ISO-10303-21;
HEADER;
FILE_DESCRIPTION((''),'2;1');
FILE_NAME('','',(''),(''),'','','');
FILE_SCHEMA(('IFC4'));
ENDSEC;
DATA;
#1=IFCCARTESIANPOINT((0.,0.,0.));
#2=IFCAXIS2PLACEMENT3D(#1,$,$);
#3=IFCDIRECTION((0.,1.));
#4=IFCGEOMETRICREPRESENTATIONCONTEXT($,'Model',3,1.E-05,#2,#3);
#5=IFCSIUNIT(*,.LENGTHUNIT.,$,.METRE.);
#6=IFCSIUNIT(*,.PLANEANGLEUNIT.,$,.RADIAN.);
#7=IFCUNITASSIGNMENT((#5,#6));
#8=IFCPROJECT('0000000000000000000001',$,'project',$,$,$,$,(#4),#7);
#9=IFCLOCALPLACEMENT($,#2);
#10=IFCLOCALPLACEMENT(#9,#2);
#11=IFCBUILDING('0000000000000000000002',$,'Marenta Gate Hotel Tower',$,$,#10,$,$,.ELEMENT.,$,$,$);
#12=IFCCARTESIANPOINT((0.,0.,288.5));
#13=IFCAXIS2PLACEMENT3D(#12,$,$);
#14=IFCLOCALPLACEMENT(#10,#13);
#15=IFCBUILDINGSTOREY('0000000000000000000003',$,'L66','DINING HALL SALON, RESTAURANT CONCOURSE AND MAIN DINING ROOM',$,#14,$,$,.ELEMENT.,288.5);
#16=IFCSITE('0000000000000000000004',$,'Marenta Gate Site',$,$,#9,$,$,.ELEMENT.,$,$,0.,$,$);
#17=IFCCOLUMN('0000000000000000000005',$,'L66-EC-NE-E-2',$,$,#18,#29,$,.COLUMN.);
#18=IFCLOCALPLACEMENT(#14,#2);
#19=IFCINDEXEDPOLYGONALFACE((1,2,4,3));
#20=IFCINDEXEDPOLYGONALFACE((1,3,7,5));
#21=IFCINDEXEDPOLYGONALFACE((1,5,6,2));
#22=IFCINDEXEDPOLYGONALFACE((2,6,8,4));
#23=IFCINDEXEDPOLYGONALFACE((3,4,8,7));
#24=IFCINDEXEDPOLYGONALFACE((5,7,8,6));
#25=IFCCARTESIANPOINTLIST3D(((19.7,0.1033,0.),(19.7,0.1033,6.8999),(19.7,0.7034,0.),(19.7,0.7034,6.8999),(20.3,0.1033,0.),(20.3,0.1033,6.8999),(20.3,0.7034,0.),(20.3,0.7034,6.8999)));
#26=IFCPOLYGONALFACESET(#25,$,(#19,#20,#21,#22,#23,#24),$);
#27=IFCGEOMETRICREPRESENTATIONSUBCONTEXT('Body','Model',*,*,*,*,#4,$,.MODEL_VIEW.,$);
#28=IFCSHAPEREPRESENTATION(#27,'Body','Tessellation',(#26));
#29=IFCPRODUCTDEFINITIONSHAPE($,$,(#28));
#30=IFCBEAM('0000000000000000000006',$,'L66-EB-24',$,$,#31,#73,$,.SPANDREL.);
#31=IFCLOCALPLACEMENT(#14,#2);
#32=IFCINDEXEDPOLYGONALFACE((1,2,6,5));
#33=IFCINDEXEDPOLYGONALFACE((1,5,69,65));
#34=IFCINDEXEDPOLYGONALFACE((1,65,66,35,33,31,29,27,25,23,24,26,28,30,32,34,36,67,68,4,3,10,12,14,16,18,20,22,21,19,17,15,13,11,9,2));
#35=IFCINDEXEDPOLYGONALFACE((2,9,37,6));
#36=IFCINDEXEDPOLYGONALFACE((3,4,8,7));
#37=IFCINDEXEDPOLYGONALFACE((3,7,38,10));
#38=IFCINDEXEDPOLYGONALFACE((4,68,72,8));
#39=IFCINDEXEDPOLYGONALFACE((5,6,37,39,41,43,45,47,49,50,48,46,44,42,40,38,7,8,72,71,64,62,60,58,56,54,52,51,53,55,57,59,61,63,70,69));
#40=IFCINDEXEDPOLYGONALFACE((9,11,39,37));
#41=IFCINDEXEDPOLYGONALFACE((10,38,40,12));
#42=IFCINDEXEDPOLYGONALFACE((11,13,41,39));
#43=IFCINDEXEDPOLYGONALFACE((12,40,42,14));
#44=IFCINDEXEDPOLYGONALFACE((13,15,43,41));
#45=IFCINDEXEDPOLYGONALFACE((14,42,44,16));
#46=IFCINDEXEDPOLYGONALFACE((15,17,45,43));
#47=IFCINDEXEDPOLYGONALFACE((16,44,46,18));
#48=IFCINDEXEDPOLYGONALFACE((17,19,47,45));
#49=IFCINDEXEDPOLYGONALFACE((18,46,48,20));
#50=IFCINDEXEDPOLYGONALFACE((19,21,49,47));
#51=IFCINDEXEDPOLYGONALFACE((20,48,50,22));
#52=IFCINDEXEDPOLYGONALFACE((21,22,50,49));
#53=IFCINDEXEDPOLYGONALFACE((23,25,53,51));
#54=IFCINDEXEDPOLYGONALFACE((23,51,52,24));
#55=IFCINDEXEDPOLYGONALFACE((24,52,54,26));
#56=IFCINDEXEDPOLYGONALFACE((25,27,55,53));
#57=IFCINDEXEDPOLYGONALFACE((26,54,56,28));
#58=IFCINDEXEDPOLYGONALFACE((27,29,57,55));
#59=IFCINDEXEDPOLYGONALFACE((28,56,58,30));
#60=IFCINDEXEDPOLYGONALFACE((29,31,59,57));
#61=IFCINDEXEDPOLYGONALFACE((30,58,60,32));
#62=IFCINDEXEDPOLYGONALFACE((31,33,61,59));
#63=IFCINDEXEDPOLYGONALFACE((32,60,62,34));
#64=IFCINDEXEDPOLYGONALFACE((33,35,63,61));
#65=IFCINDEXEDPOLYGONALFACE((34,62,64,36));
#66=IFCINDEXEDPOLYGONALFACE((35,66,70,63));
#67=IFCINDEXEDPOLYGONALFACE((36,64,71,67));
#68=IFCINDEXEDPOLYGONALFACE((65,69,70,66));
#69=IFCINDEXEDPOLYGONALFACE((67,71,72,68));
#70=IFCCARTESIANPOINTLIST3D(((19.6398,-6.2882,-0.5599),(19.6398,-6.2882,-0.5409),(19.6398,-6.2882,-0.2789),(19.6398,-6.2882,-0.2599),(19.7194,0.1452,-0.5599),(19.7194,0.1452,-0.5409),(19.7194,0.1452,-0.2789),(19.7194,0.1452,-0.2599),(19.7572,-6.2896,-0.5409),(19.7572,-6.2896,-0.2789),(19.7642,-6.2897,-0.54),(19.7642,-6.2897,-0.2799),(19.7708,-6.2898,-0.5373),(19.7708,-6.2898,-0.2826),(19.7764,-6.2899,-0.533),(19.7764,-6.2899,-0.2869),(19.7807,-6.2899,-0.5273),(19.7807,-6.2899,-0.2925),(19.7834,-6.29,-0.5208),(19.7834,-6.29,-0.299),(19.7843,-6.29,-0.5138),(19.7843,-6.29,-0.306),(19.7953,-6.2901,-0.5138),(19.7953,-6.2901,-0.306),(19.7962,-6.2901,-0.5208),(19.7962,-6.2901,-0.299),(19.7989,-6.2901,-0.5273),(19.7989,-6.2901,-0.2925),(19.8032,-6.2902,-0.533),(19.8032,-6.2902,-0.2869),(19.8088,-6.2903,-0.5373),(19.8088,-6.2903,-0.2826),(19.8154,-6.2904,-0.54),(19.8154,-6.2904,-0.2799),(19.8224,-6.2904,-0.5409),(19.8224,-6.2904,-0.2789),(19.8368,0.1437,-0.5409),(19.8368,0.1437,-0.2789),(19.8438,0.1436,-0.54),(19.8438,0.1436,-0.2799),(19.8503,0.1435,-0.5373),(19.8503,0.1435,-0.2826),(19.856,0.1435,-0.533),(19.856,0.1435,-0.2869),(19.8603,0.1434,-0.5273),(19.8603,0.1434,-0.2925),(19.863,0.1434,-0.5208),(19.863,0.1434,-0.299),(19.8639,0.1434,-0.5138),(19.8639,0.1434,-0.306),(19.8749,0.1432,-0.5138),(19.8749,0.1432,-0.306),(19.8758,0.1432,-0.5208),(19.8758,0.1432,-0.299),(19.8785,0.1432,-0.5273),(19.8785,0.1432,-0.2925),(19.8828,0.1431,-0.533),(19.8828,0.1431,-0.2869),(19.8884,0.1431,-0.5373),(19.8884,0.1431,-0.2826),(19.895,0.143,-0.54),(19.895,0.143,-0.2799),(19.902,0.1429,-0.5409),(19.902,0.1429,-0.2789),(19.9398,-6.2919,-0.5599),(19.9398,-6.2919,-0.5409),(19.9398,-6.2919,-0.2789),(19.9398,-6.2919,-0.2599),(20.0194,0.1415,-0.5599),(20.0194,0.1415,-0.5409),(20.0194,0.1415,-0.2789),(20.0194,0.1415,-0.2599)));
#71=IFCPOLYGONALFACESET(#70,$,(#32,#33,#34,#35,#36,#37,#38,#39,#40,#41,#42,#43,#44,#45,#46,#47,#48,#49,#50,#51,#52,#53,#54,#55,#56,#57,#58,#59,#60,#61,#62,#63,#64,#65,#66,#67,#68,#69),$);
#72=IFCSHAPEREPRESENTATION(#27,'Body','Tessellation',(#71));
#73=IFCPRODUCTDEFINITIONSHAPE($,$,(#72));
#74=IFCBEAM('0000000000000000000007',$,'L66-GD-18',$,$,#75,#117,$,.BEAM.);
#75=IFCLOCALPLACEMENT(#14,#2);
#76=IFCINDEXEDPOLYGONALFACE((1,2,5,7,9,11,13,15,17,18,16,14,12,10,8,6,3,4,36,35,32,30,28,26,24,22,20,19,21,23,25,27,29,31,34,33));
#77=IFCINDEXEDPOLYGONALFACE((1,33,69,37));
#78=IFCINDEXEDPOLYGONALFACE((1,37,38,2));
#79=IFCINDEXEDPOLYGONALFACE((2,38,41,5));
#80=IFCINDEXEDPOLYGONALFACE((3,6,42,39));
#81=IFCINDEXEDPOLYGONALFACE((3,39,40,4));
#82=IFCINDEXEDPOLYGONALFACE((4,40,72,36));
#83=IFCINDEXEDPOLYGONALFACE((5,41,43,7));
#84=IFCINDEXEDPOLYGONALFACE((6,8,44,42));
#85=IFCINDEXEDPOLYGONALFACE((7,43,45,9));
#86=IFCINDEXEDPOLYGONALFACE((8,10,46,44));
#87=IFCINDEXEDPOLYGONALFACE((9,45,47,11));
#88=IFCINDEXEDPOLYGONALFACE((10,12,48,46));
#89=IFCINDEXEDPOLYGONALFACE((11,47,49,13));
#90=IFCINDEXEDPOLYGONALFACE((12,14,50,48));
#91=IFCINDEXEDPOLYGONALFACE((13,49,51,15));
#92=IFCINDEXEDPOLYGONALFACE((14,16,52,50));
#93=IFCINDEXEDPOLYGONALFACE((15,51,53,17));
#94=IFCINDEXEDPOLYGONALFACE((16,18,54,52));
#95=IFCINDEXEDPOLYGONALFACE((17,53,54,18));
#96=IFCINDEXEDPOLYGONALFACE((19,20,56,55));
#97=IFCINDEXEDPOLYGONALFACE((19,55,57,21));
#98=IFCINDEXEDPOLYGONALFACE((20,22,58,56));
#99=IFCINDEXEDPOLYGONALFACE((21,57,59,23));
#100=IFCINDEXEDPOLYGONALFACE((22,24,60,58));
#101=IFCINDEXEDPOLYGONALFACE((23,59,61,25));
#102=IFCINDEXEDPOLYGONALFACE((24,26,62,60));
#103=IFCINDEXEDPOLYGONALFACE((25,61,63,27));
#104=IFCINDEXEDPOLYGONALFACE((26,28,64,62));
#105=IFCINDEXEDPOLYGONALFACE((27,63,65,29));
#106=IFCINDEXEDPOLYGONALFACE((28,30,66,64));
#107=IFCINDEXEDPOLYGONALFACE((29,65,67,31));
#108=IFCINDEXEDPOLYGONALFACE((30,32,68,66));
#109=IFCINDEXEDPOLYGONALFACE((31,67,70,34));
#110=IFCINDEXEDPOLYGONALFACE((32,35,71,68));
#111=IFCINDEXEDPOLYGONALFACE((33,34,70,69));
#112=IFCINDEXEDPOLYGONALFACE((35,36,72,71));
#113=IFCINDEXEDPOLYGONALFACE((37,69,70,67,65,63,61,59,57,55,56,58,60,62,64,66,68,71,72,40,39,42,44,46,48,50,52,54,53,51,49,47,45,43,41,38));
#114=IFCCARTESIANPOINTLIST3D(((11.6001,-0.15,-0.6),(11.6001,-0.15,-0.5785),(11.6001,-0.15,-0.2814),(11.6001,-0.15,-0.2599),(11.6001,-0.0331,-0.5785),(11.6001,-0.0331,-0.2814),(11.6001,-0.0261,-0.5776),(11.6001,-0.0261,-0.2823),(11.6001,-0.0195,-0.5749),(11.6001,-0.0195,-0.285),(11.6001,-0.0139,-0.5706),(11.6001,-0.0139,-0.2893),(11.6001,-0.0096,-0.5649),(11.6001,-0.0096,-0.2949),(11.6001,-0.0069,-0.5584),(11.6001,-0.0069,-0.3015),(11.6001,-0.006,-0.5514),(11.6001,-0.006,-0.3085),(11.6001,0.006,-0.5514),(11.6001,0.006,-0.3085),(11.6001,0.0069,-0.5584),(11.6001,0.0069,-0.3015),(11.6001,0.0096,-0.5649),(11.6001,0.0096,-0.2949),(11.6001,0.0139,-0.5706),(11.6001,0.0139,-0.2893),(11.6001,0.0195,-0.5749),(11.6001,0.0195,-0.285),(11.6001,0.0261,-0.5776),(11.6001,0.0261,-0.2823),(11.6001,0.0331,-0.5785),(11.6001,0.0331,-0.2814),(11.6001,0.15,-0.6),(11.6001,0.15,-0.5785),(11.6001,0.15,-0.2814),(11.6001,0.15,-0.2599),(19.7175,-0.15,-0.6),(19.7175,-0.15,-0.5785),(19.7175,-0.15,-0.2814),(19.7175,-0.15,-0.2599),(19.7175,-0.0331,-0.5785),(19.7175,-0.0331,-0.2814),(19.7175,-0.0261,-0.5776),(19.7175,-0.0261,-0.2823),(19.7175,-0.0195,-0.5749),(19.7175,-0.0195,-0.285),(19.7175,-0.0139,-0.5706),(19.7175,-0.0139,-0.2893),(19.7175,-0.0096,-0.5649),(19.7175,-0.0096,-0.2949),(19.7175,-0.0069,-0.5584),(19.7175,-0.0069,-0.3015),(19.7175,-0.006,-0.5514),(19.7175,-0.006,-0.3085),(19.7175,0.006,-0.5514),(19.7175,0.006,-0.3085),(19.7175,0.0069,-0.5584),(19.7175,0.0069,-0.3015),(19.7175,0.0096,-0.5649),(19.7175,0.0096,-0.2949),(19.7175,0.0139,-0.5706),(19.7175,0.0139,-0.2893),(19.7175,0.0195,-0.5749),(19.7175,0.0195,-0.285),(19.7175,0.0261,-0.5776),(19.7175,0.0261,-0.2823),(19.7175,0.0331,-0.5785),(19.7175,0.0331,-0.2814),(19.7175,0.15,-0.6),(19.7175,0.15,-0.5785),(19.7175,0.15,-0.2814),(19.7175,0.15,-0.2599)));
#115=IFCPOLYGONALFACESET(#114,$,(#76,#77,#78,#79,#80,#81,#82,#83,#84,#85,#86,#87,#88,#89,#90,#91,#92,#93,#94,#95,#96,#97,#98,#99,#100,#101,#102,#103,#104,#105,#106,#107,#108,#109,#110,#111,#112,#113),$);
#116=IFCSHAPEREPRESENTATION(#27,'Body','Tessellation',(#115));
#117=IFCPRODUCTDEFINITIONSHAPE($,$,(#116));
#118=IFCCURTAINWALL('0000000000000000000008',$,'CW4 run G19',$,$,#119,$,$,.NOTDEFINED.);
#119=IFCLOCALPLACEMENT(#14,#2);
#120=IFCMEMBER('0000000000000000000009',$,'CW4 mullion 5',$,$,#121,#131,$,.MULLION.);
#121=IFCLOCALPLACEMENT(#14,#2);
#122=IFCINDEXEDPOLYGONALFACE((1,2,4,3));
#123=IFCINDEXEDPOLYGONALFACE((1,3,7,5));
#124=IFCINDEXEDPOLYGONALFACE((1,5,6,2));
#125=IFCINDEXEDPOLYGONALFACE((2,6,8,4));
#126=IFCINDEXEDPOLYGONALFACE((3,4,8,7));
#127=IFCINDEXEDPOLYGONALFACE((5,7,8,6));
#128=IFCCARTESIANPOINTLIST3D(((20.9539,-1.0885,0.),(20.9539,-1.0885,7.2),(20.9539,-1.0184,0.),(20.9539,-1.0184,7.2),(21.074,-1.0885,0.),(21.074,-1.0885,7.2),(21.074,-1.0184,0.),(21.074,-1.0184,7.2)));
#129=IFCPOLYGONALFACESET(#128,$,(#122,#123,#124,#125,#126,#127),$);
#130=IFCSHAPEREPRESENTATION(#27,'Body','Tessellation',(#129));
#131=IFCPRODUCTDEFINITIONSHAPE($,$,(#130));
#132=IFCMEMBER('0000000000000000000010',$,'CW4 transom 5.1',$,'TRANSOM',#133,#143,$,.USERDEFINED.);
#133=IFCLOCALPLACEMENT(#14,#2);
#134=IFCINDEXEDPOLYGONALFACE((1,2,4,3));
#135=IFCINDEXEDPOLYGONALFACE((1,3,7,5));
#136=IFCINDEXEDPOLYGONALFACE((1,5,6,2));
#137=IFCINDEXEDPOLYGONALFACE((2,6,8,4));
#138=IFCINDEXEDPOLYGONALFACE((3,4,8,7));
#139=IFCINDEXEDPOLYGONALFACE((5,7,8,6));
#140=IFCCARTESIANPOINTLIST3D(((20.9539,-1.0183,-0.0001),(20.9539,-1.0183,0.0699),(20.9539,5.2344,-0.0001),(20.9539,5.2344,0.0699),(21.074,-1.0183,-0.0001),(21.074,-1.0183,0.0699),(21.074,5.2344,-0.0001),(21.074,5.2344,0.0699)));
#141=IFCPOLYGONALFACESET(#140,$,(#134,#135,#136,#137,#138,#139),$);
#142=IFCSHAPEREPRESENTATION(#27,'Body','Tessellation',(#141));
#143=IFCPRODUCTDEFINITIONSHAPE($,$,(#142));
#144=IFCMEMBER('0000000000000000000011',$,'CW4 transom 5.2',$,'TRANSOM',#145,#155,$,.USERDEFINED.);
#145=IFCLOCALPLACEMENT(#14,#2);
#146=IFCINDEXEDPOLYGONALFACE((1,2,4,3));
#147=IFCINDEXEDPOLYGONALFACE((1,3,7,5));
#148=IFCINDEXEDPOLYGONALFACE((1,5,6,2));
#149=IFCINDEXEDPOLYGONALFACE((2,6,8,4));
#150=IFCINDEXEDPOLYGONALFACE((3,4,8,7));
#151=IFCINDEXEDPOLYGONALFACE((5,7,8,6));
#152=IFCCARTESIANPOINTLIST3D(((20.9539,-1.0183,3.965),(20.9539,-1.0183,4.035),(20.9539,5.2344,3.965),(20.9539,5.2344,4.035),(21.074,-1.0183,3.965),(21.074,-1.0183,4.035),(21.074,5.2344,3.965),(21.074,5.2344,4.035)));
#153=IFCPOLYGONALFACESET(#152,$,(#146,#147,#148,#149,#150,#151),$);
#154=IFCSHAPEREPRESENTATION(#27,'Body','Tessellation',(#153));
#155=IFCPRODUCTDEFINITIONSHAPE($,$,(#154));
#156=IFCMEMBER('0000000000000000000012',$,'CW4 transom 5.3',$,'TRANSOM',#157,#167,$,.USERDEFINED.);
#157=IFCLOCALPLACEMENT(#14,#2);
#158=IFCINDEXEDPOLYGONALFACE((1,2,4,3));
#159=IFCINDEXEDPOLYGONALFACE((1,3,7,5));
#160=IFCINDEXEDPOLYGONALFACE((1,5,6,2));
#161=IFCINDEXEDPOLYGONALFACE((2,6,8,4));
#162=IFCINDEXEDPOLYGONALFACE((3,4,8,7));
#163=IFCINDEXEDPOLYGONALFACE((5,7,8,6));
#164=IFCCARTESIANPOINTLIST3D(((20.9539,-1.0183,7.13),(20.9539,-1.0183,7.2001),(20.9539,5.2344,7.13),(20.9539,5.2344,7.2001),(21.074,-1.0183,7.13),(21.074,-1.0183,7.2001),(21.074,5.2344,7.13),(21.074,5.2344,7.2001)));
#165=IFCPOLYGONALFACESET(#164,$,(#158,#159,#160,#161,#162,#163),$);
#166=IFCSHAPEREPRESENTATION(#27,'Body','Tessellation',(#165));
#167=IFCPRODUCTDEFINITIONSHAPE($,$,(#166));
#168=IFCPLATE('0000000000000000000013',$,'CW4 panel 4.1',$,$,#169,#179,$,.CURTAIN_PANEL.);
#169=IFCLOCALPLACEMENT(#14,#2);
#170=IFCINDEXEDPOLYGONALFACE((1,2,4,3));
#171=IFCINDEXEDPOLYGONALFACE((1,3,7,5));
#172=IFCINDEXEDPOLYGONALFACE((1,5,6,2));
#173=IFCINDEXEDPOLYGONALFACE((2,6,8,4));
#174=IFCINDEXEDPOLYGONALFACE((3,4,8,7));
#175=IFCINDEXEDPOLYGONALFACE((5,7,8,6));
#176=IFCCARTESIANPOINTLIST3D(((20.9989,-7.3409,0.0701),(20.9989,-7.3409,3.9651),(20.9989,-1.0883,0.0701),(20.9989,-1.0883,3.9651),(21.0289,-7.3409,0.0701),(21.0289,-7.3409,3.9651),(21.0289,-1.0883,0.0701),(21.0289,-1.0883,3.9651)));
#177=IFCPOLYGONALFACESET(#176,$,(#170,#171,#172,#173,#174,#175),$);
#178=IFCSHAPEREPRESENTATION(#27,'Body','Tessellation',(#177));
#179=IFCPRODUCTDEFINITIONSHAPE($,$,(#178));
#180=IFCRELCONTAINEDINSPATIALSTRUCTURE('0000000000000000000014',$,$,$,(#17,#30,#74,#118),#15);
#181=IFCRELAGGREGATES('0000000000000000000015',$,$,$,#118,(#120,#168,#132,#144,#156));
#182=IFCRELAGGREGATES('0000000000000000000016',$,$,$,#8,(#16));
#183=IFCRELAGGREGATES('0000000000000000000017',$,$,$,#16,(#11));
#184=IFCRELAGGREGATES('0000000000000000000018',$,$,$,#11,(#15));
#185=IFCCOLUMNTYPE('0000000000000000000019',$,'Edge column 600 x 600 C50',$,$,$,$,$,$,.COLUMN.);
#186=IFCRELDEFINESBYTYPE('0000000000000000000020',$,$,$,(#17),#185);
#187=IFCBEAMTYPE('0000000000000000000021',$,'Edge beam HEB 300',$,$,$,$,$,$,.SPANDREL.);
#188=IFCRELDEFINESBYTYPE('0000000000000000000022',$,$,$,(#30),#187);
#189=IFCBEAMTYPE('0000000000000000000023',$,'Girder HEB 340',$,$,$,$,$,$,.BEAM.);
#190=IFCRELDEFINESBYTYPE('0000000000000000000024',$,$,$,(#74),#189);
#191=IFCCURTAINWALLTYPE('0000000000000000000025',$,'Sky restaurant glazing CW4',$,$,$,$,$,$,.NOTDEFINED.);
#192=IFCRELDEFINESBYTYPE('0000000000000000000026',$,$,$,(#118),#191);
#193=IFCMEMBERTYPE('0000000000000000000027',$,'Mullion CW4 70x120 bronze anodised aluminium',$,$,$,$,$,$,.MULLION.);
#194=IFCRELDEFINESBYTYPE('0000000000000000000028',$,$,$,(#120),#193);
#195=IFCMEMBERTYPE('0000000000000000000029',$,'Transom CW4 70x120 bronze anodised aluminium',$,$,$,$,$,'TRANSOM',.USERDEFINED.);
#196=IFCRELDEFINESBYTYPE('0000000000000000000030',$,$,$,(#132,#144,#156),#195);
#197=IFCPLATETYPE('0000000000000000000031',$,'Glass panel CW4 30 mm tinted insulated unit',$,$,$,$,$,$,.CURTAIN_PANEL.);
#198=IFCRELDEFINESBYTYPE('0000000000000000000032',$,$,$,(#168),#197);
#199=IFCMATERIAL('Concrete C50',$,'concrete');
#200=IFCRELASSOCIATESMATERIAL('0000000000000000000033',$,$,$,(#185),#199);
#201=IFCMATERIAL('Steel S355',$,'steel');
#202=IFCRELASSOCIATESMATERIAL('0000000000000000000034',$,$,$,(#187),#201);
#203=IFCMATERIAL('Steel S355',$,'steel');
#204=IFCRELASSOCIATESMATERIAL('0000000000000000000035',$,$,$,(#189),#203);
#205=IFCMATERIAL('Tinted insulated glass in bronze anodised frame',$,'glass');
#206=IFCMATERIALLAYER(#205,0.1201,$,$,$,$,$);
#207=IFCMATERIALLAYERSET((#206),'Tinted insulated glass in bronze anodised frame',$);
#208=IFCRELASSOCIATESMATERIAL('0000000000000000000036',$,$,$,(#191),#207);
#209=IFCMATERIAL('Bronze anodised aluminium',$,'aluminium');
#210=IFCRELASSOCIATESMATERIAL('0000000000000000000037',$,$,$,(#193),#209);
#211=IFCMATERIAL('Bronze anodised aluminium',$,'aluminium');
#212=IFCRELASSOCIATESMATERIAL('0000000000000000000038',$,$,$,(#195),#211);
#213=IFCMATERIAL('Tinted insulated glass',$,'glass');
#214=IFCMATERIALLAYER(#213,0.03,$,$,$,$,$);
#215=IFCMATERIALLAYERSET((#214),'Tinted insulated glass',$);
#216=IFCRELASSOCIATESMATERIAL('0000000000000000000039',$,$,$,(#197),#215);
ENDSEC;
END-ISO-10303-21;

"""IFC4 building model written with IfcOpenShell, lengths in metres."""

from ifc_helpers import new_model, si_unit, direction, frame, origin, origin_2d, place, context, subcontext, project, spatial, rectangle, i_section, extrude, material, layer, layer_set, material_profile, profile_set, type_object, element, aggregate, save


model = new_model("IFC4")

# Units and contexts
model_context = context("Model", 3, precision=1e-05, world=origin(), true_north=direction((0.0, 1.0)))
body_context = subcontext(model_context, "Body", "Model", "MODEL_VIEW")
ifc_project = project(units=[si_unit("LENGTHUNIT", "METRE"), si_unit("PLANEANGLEUNIT", "RADIAN")], contexts=[model_context])

# Site, building, storey
site_placement = place(None, origin())
site = spatial("IfcSite", under=ifc_project, at=site_placement, Name="Marenta Gate Site", CompositionType="ELEMENT", RefElevation=0.0)
building_placement = place(site_placement, origin())
building = spatial("IfcBuilding", under=site, at=building_placement, Name="Marenta Gate Hotel Tower", CompositionType="ELEMENT")
storey_placement = place(building_placement, frame((0.0, 0.0, 288.5)))
storey = spatial("IfcBuildingStorey", under=building, at=storey_placement, Name="L66", Description="DINING HALL SALON, RESTAURANT CONCOURSE AND MAIN DINING ROOM", CompositionType="ELEMENT", Elevation=288.5)

# Column
ifc_material_1 = material(Name="Concrete C50", Category="concrete")
ifc_material_profile_1 = material_profile(ifc_material_1, rectangle(XDim=0.6001, YDim=0.6001, at=origin_2d()), Name="600 x 600")
ifc_profile_set_1 = profile_set([ifc_material_profile_1], Name="Concrete C50")
column_type = type_object("IfcColumnType", Name="Edge column 600 x 600 C50", PredefinedType="COLUMN", material=ifc_profile_set_1)
column_placement = place(storey_placement, frame((20.0, 0.4033, 0.0), z_axis=(0.0, 0.0, 1.0), x_axis=(1.0, 0.0, 0.0)))
element("IfcColumn", 1, at=column_placement, inside=storey, type_object=column_type, Name="L66-EC-NE-E-2", PredefinedType="COLUMN", context=body_context, shape_type="SweptSolid", body=[
    extrude(rectangle(XDim=0.6001, YDim=0.6001, at=origin_2d()), origin(), (0.0, 0.0, 1.0), 6.8999),
])

# Beams
ifc_material_2 = material(Name="Steel S355", Category="steel")
ifc_material_profile_2 = material_profile(ifc_material_2, i_section(OverallWidth=0.3, OverallDepth=0.3, WebThickness=0.011, FlangeThickness=0.019, FilletRadius=0.0271, at=origin_2d()), Name="HEB 300")
ifc_profile_set_2 = profile_set([ifc_material_profile_2], Name="Steel S355")
beam_type_1 = type_object("IfcBeamType", Name="Edge beam HEB 300", PredefinedType="SPANDREL", material=ifc_profile_set_2)
beam_1_placement = place(storey_placement, frame((19.8694, 0.1433, -0.4099), z_axis=(-0.012371, -0.999923, 0.0), x_axis=(0.999923, -0.012371, 0.0)))
element("IfcBeam", 2, at=beam_1_placement, inside=storey, type_object=beam_type_1, Name="L66-EB-24", PredefinedType="SPANDREL", context=body_context, shape_type="SweptSolid", body=[
    extrude(i_section(OverallWidth=0.3, OverallDepth=0.3, WebThickness=0.011, FlangeThickness=0.019, FilletRadius=0.0271, at=origin_2d()), origin(), (0.0, 0.0, 1.0), 6.4338),
])
ifc_material_3 = material(Name="Steel S355", Category="steel")
ifc_material_profile_3 = material_profile(ifc_material_3, i_section(OverallWidth=0.3, OverallDepth=0.3401, WebThickness=0.012, FlangeThickness=0.0215, FilletRadius=0.0271, at=origin_2d()), Name="HEB 340")
ifc_profile_set_3 = profile_set([ifc_material_profile_3], Name="Steel S355")
beam_type_2 = type_object("IfcBeamType", Name="Girder HEB 340", PredefinedType="BEAM", material=ifc_profile_set_3)
beam_2_placement = place(storey_placement, frame((11.6001, 0.0, -0.4299), z_axis=(1.0, 0.0, 0.0), x_axis=(0.0, 1.0, 0.0)))
element("IfcBeam", 3, at=beam_2_placement, inside=storey, type_object=beam_type_2, Name="L66-GD-18", PredefinedType="BEAM", context=body_context, shape_type="SweptSolid", body=[
    extrude(i_section(OverallWidth=0.3, OverallDepth=0.3401, WebThickness=0.012, FlangeThickness=0.0215, FilletRadius=0.0271, at=origin_2d()), origin(), (0.0, 0.0, 1.0), 8.1174),
])

# Curtain wall, members, plate
ifc_material_4 = material(Name="Tinted insulated glass in bronze anodised frame", Category="glass")
ifc_layer_1 = layer(ifc_material_4, 0.1201)
ifc_layer_set_1 = layer_set([ifc_layer_1], Name="Tinted insulated glass in bronze anodised frame")
curtain_wall_type = type_object("IfcCurtainWallType", Name="Sky restaurant glazing CW4", PredefinedType="NOTDEFINED", material=ifc_layer_set_1)
curtain_wall_placement = place(storey_placement, origin())
curtain_wall = element("IfcCurtainWall", 4, at=curtain_wall_placement, inside=storey, type_object=curtain_wall_type, Name="CW4 run G19", PredefinedType="NOTDEFINED")
ifc_material_5 = material(Name="Bronze anodised aluminium", Category="aluminium")
ifc_material_profile_4 = material_profile(ifc_material_5, rectangle(XDim=0.1201, YDim=0.0701, at=origin_2d()), Name="Mullion CW4 70x120 bronze anodised aluminium")
ifc_profile_set_4 = profile_set([ifc_material_profile_4], Name="Bronze anodised aluminium")
member_type_1 = type_object("IfcMemberType", Name="Mullion CW4 70x120 bronze anodised aluminium", PredefinedType="MULLION", material=ifc_profile_set_4)
member_1_placement = place(storey_placement, frame((21.0139, -1.0535, 0.0), z_axis=(0.0, 0.0, 1.0), x_axis=(-1.0, 0.0, 0.0)))
member_1 = element("IfcMember", 5, at=member_1_placement, type_object=member_type_1, Name="CW4 mullion 5", PredefinedType="MULLION", context=body_context, shape_type="SweptSolid", body=[
    extrude(rectangle(XDim=0.1201, YDim=0.0701, at=origin_2d()), origin(), (0.0, 0.0, 1.0), 7.2),
])
ifc_material_6 = material(Name="Bronze anodised aluminium", Category="aluminium")
ifc_material_profile_5 = material_profile(ifc_material_6, rectangle(XDim=0.1201, YDim=0.0701, at=origin_2d()), Name="Transom CW4 70x120 bronze anodised aluminium")
ifc_profile_set_5 = profile_set([ifc_material_profile_5], Name="Bronze anodised aluminium")
member_type_2 = type_object("IfcMemberType", Name="Transom CW4 70x120 bronze anodised aluminium", ElementType="TRANSOM", PredefinedType="USERDEFINED", material=ifc_profile_set_5)
member_2_placement = place(storey_placement, frame((21.0139, -1.0183, 0.0349), z_axis=(0.0, 1.0, 0.0), x_axis=(-1.0, 0.0, 0.0)))
member_2 = element("IfcMember", 6, at=member_2_placement, type_object=member_type_2, Name="CW4 transom 5.1", ObjectType="TRANSOM", PredefinedType="USERDEFINED", context=body_context, shape_type="SweptSolid", body=[
    extrude(rectangle(XDim=0.1201, YDim=0.0701, at=origin_2d()), origin(), (0.0, 0.0, 1.0), 6.2527),
])
member_3_placement = place(storey_placement, frame((21.0139, -1.0183, 4.0), z_axis=(0.0, 1.0, 0.0), x_axis=(-1.0, 0.0, 0.0)))
member_3 = element("IfcMember", 7, at=member_3_placement, type_object=member_type_2, Name="CW4 transom 5.2", ObjectType="TRANSOM", PredefinedType="USERDEFINED", context=body_context, shape_type="SweptSolid", body=[
    extrude(rectangle(XDim=0.1201, YDim=0.0701, at=origin_2d()), origin(), (0.0, 0.0, 1.0), 6.2527),
])
member_4_placement = place(storey_placement, frame((21.0139, -1.0183, 7.165), z_axis=(0.0, 1.0, 0.0), x_axis=(-1.0, 0.0, 0.0)))
member_4 = element("IfcMember", 8, at=member_4_placement, type_object=member_type_2, Name="CW4 transom 5.3", ObjectType="TRANSOM", PredefinedType="USERDEFINED", context=body_context, shape_type="SweptSolid", body=[
    extrude(rectangle(XDim=0.1201, YDim=0.0701, at=origin_2d()), origin(), (0.0, 0.0, 1.0), 6.2527),
])
ifc_material_7 = material(Name="Tinted insulated glass", Category="glass")
ifc_layer_2 = layer(ifc_material_7, 0.03)
ifc_layer_set_2 = layer_set([ifc_layer_2], Name="Tinted insulated glass")
plate_type = type_object("IfcPlateType", Name="Glass panel CW4 30 mm tinted insulated unit", PredefinedType="CURTAIN_PANEL", material=ifc_layer_set_2)
plate_1_placement = place(storey_placement, frame((21.0139, -4.2146, 0.0701), z_axis=(0.0, 0.0, 1.0), x_axis=(0.0, 1.0, 0.0)))
plate_1 = element("IfcPlate", 9, at=plate_1_placement, type_object=plate_type, Name="CW4 panel 4.1", PredefinedType="CURTAIN_PANEL", context=body_context, shape_type="SweptSolid", body=[
    extrude(rectangle(XDim=6.2527, YDim=0.03, at=origin_2d()), origin(), (0.0, 0.0, 1.0), 3.895),
])
aggregate(curtain_wall, [member_1, plate_1, member_2, member_3, member_4])

save(model, "model.ifc")
